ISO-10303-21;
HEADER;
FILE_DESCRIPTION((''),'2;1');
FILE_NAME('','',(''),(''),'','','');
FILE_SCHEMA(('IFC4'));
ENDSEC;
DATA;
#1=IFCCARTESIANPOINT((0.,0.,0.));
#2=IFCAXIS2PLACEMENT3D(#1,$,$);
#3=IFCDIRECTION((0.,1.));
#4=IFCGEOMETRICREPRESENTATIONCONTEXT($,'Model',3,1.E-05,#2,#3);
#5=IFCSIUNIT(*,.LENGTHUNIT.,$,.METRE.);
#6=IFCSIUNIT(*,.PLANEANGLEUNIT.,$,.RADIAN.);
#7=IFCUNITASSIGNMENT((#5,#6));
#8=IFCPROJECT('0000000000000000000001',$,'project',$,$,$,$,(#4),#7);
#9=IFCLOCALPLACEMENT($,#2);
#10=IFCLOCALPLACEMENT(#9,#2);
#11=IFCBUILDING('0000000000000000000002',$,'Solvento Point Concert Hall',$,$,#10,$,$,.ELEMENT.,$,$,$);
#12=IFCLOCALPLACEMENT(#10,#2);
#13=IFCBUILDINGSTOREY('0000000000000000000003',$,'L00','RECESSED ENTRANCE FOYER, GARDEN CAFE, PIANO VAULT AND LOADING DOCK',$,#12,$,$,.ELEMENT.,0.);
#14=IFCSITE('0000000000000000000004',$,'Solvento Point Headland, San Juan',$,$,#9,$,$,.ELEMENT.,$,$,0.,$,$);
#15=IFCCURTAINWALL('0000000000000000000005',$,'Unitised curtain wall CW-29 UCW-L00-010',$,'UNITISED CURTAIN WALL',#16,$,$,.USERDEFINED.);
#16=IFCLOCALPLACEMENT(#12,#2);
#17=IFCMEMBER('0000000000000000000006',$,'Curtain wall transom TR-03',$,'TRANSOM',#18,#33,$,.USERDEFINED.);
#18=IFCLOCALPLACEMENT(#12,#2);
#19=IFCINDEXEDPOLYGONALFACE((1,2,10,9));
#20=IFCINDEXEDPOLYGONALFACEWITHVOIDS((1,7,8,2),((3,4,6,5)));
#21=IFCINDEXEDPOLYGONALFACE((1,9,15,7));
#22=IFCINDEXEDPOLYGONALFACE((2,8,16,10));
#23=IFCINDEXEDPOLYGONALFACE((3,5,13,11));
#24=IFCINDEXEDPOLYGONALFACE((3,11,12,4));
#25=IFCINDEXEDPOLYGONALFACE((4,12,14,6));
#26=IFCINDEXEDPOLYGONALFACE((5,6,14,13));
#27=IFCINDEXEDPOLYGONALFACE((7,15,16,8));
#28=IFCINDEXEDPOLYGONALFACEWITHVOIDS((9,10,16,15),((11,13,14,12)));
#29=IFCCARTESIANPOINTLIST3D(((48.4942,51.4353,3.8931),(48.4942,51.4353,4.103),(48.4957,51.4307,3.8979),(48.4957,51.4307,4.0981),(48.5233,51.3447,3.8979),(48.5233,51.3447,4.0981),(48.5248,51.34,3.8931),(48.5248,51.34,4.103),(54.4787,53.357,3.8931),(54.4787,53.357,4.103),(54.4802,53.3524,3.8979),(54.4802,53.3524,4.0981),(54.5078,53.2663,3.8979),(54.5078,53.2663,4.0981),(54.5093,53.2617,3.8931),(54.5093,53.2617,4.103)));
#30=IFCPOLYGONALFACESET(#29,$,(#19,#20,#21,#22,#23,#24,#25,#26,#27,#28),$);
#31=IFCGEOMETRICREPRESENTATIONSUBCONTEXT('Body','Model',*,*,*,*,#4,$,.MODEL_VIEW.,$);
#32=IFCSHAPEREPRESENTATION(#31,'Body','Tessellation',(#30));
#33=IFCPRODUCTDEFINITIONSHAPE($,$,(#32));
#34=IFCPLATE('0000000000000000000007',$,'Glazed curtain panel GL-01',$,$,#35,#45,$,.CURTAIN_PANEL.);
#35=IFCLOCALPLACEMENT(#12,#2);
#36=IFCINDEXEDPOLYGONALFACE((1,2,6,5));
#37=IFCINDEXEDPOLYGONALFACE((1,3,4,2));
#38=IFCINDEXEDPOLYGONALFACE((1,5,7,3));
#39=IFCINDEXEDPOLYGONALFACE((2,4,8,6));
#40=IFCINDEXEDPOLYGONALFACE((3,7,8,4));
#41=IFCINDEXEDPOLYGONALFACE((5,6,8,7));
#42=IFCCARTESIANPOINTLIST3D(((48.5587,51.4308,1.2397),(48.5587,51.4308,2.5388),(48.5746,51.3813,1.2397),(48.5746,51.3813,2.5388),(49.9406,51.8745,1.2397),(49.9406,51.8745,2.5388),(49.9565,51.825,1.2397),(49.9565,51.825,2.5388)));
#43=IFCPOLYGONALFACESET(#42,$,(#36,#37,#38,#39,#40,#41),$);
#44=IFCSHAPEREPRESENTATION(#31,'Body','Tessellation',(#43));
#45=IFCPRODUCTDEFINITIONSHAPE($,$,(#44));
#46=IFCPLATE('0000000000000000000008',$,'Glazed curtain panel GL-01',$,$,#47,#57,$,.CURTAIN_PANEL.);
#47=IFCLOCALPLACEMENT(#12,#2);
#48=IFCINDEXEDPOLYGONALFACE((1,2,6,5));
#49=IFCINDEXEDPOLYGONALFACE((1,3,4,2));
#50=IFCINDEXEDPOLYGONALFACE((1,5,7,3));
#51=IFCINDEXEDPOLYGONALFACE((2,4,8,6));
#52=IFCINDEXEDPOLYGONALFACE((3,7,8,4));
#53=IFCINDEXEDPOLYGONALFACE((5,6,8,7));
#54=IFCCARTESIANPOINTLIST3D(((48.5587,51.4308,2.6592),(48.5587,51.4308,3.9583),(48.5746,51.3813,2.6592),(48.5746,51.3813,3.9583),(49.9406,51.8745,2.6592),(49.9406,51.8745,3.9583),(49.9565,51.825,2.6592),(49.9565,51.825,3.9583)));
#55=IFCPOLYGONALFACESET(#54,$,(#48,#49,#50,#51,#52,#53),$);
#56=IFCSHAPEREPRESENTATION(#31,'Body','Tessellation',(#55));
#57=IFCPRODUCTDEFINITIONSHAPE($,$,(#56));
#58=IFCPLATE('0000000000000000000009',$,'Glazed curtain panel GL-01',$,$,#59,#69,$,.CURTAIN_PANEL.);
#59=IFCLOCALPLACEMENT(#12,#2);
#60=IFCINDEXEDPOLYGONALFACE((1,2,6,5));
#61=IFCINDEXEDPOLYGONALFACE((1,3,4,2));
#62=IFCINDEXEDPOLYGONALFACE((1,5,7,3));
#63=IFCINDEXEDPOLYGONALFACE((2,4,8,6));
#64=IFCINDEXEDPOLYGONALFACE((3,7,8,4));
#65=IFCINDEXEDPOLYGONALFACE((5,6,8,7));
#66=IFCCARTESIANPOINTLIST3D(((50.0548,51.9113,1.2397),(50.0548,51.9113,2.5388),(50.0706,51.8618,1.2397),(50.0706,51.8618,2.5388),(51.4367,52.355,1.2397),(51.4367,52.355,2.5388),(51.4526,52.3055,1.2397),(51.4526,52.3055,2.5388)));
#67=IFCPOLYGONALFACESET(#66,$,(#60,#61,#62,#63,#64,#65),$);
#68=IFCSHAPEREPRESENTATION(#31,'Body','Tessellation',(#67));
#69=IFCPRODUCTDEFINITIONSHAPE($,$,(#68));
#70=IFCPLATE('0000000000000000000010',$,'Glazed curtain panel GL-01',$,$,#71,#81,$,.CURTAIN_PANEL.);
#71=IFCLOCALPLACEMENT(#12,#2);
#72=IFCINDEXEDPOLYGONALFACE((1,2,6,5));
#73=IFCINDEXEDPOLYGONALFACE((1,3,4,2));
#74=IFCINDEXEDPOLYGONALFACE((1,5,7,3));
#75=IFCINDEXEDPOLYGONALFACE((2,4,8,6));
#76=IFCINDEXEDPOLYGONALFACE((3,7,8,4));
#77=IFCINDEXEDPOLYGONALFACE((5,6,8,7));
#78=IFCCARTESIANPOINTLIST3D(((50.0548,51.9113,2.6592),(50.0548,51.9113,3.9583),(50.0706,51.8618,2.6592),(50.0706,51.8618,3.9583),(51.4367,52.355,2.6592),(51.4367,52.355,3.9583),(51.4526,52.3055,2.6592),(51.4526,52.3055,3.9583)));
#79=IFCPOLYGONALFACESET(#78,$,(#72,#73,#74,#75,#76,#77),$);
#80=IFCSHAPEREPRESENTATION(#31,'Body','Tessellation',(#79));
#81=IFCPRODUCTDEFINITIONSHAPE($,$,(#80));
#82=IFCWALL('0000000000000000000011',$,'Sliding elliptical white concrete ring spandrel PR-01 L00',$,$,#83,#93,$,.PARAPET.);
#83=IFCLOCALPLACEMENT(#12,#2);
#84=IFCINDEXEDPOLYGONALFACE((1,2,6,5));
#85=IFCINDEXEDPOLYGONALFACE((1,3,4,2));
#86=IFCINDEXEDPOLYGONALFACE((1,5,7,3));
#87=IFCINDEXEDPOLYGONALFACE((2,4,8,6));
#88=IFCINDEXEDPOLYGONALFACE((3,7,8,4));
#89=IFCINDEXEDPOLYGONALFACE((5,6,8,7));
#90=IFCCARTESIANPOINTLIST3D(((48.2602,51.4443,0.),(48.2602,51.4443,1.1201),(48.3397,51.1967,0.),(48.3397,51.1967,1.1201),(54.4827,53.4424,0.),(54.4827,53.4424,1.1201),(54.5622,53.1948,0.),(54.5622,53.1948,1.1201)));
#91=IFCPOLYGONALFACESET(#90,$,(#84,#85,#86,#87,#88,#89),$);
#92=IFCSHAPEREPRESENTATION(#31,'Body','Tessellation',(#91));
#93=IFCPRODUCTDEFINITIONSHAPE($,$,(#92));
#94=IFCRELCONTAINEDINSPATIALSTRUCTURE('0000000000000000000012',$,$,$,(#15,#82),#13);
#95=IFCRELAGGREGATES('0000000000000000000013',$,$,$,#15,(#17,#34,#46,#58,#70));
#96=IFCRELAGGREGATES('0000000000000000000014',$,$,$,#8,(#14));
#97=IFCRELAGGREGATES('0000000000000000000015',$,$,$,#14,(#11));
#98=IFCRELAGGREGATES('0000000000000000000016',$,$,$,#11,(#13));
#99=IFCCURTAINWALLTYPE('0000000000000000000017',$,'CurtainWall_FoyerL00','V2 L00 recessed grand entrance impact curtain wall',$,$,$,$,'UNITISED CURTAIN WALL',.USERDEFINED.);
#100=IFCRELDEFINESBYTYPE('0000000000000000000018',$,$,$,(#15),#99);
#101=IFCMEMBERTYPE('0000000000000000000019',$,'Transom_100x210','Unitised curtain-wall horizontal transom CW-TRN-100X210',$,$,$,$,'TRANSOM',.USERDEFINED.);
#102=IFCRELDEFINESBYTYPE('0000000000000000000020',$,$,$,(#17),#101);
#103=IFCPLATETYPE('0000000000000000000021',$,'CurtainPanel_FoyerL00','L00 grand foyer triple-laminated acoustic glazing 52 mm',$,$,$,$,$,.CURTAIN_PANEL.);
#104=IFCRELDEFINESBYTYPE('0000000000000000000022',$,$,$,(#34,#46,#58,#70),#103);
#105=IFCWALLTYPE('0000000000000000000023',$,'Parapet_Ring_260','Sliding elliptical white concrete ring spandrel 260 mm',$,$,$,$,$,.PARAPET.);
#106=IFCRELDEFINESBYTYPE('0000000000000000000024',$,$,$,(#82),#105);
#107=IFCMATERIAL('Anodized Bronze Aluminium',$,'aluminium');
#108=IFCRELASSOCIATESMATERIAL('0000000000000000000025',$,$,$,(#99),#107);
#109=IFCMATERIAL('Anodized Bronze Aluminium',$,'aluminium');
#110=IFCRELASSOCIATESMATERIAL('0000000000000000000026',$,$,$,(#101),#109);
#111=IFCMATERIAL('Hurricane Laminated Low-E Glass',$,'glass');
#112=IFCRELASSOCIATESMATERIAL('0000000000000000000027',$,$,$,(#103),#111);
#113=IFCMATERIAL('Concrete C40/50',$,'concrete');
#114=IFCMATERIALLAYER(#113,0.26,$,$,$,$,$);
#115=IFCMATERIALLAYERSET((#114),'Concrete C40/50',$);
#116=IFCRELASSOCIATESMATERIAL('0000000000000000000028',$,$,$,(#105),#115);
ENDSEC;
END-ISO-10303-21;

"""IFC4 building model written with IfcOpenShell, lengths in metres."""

from ifc_helpers import new_model, si_unit, direction, frame, frame_2d, origin, origin_2d, place, context, subcontext, project, spatial, rectangle, hollow_rectangle, extrude, material, layer, layer_set, material_profile, profile_set, type_object, element, aggregate, save


model = new_model("IFC4")

# Units and contexts
model_context = context("Model", 3, precision=1e-05, world=origin(), true_north=direction((0.0, 1.0)))
body_context = subcontext(model_context, "Body", "Model", "MODEL_VIEW")
ifc_project = project(units=[si_unit("LENGTHUNIT", "METRE"), si_unit("PLANEANGLEUNIT", "RADIAN")], contexts=[model_context])

# Site, building, storey
site_placement = place(None, origin())
site = spatial("IfcSite", under=ifc_project, at=site_placement, Name="Solvento Point Headland, San Juan", CompositionType="ELEMENT", RefElevation=0.0)
building_placement = place(site_placement, origin())
building = spatial("IfcBuilding", under=site, at=building_placement, Name="Solvento Point Concert Hall", CompositionType="ELEMENT")
storey_placement = place(building_placement, origin())
storey = spatial("IfcBuildingStorey", under=building, at=storey_placement, Name="L00", Description="RECESSED ENTRANCE FOYER, GARDEN CAFE, PIANO VAULT AND LOADING DOCK", CompositionType="ELEMENT", Elevation=0.0)

# Shared definitions
ifc_material_1 = material(Name="Anodized Bronze Aluminium", Category="aluminium")
curtain_wall_type = type_object("IfcCurtainWallType", Name="CurtainWall_FoyerL00", Description="V2 L00 recessed grand entrance impact curtain wall", ElementType="UNITISED CURTAIN WALL", PredefinedType="USERDEFINED", material=ifc_material_1)

# Curtain wall, member, plates
curtain_wall_1_placement = place(storey_placement, origin())
curtain_wall_1 = element("IfcCurtainWall", 1, at=curtain_wall_1_placement, inside=storey, type_object=curtain_wall_type, Name="Unitised curtain wall CW-29 UCW-L00-010", ObjectType="UNITISED CURTAIN WALL", PredefinedType="USERDEFINED")
ifc_material_2 = material(Name="Anodized Bronze Aluminium", Category="aluminium")
ifc_material_profile_1 = material_profile(ifc_material_2, hollow_rectangle(XDim=0.1001, YDim=0.21, WallThickness=0.0049, at=origin_2d()), Name="CW-TRN-100X210")
ifc_profile_set_1 = profile_set([ifc_material_profile_1], Name="Anodized Bronze Aluminium")
member_type_1 = type_object("IfcMemberType", Name="Transom_100x210", Description="Unitised curtain-wall horizontal transom CW-TRN-100X210", ElementType="TRANSOM", PredefinedType="USERDEFINED", material=ifc_profile_set_1)
member_1_placement = place(storey_placement, frame((48.5095, 51.3877, 3.998), z_axis=(0.952117, 0.305733, 0.0), x_axis=(-0.305733, 0.952117, 0.0)))
member_1 = element("IfcMember", 2, at=member_1_placement, type_object=member_type_1, Name="Curtain wall transom TR-03", ObjectType="TRANSOM", PredefinedType="USERDEFINED", context=body_context, shape_type="SweptSolid", body=[
    extrude(hollow_rectangle(XDim=0.1001, YDim=0.21, WallThickness=0.0049, at=origin_2d()), origin(), (0.0, 0.0, 1.0), 6.2854),
])
ifc_material_3 = material(Name="Hurricane Laminated Low-E Glass", Category="glass")
plate_type = type_object("IfcPlateType", Name="CurtainPanel_FoyerL00", Description="L00 grand foyer triple-laminated acoustic glazing 52 mm", PredefinedType="CURTAIN_PANEL", material=ifc_material_3)
plate_1_placement = place(storey_placement, frame((49.2576, 51.6279, 1.2397), z_axis=(0.0, 0.0, 1.0), x_axis=(0.952121, 0.30572, 0.0)))
plate_1 = element("IfcPlate", 3, at=plate_1_placement, type_object=plate_type, Name="Glazed curtain panel GL-01", PredefinedType="CURTAIN_PANEL", context=body_context, shape_type="SweptSolid", body=[
    extrude(rectangle(XDim=1.4514, YDim=0.052, at=origin_2d()), origin(), (0.0, 0.0, 1.0), 1.2991),
])
plate_2_placement = place(storey_placement, frame((49.2576, 51.6279, 2.6592), z_axis=(0.0, 0.0, 1.0), x_axis=(0.952121, 0.30572, 0.0)))
plate_2 = element("IfcPlate", 4, at=plate_2_placement, type_object=plate_type, Name="Glazed curtain panel GL-01", PredefinedType="CURTAIN_PANEL", context=body_context, shape_type="SweptSolid", body=[
    extrude(rectangle(XDim=1.4514, YDim=0.052, at=origin_2d()), origin(), (0.0, 0.0, 1.0), 1.2991),
])
plate_3_placement = place(storey_placement, frame((50.7537, 52.1084, 1.2397), z_axis=(0.0, 0.0, 1.0), x_axis=(0.952121, 0.30572, 0.0)))
plate_3 = element("IfcPlate", 5, at=plate_3_placement, type_object=plate_type, Name="Glazed curtain panel GL-01", PredefinedType="CURTAIN_PANEL", context=body_context, shape_type="SweptSolid", body=[
    extrude(rectangle(XDim=1.4514, YDim=0.052, at=origin_2d()), origin(), (0.0, 0.0, 1.0), 1.2991),
])
plate_4_placement = place(storey_placement, frame((50.7537, 52.1084, 2.6592), z_axis=(0.0, 0.0, 1.0), x_axis=(0.952121, 0.30572, 0.0)))
plate_4 = element("IfcPlate", 6, at=plate_4_placement, type_object=plate_type, Name="Glazed curtain panel GL-01", PredefinedType="CURTAIN_PANEL", context=body_context, shape_type="SweptSolid", body=[
    extrude(rectangle(XDim=1.4514, YDim=0.052, at=origin_2d()), origin(), (0.0, 0.0, 1.0), 1.2991),
])
aggregate(curtain_wall_1, [member_1, plate_1, plate_2, plate_3, plate_4])

# Wall
ifc_material_4 = material(Name="Concrete C40/50", Category="concrete")
ifc_layer = layer(ifc_material_4, 0.26)
ifc_layer_set = layer_set([ifc_layer], Name="Concrete C40/50")
wall_type = type_object("IfcWallType", Name="Parapet_Ring_260", Description="Sliding elliptical white concrete ring spandrel 260 mm", PredefinedType="PARAPET", material=ifc_layer_set)
wall_placement = place(storey_placement, frame((48.3, 51.3206, 0.0), z_axis=(0.0, 0.0, 1.0), x_axis=(0.952118, 0.30573, 0.0)))
element("IfcWall", 7, at=wall_placement, inside=storey, type_object=wall_type, Name="Sliding elliptical white concrete ring spandrel PR-01 L00", PredefinedType="PARAPET", context=body_context, shape_type="SweptSolid", body=[
    extrude(rectangle(XDim=6.5354, YDim=0.26, at=frame_2d((3.2676, 0.0))), origin(), (0.0, 0.0, 1.0), 1.1201),
])

save(model, "model.ifc")
